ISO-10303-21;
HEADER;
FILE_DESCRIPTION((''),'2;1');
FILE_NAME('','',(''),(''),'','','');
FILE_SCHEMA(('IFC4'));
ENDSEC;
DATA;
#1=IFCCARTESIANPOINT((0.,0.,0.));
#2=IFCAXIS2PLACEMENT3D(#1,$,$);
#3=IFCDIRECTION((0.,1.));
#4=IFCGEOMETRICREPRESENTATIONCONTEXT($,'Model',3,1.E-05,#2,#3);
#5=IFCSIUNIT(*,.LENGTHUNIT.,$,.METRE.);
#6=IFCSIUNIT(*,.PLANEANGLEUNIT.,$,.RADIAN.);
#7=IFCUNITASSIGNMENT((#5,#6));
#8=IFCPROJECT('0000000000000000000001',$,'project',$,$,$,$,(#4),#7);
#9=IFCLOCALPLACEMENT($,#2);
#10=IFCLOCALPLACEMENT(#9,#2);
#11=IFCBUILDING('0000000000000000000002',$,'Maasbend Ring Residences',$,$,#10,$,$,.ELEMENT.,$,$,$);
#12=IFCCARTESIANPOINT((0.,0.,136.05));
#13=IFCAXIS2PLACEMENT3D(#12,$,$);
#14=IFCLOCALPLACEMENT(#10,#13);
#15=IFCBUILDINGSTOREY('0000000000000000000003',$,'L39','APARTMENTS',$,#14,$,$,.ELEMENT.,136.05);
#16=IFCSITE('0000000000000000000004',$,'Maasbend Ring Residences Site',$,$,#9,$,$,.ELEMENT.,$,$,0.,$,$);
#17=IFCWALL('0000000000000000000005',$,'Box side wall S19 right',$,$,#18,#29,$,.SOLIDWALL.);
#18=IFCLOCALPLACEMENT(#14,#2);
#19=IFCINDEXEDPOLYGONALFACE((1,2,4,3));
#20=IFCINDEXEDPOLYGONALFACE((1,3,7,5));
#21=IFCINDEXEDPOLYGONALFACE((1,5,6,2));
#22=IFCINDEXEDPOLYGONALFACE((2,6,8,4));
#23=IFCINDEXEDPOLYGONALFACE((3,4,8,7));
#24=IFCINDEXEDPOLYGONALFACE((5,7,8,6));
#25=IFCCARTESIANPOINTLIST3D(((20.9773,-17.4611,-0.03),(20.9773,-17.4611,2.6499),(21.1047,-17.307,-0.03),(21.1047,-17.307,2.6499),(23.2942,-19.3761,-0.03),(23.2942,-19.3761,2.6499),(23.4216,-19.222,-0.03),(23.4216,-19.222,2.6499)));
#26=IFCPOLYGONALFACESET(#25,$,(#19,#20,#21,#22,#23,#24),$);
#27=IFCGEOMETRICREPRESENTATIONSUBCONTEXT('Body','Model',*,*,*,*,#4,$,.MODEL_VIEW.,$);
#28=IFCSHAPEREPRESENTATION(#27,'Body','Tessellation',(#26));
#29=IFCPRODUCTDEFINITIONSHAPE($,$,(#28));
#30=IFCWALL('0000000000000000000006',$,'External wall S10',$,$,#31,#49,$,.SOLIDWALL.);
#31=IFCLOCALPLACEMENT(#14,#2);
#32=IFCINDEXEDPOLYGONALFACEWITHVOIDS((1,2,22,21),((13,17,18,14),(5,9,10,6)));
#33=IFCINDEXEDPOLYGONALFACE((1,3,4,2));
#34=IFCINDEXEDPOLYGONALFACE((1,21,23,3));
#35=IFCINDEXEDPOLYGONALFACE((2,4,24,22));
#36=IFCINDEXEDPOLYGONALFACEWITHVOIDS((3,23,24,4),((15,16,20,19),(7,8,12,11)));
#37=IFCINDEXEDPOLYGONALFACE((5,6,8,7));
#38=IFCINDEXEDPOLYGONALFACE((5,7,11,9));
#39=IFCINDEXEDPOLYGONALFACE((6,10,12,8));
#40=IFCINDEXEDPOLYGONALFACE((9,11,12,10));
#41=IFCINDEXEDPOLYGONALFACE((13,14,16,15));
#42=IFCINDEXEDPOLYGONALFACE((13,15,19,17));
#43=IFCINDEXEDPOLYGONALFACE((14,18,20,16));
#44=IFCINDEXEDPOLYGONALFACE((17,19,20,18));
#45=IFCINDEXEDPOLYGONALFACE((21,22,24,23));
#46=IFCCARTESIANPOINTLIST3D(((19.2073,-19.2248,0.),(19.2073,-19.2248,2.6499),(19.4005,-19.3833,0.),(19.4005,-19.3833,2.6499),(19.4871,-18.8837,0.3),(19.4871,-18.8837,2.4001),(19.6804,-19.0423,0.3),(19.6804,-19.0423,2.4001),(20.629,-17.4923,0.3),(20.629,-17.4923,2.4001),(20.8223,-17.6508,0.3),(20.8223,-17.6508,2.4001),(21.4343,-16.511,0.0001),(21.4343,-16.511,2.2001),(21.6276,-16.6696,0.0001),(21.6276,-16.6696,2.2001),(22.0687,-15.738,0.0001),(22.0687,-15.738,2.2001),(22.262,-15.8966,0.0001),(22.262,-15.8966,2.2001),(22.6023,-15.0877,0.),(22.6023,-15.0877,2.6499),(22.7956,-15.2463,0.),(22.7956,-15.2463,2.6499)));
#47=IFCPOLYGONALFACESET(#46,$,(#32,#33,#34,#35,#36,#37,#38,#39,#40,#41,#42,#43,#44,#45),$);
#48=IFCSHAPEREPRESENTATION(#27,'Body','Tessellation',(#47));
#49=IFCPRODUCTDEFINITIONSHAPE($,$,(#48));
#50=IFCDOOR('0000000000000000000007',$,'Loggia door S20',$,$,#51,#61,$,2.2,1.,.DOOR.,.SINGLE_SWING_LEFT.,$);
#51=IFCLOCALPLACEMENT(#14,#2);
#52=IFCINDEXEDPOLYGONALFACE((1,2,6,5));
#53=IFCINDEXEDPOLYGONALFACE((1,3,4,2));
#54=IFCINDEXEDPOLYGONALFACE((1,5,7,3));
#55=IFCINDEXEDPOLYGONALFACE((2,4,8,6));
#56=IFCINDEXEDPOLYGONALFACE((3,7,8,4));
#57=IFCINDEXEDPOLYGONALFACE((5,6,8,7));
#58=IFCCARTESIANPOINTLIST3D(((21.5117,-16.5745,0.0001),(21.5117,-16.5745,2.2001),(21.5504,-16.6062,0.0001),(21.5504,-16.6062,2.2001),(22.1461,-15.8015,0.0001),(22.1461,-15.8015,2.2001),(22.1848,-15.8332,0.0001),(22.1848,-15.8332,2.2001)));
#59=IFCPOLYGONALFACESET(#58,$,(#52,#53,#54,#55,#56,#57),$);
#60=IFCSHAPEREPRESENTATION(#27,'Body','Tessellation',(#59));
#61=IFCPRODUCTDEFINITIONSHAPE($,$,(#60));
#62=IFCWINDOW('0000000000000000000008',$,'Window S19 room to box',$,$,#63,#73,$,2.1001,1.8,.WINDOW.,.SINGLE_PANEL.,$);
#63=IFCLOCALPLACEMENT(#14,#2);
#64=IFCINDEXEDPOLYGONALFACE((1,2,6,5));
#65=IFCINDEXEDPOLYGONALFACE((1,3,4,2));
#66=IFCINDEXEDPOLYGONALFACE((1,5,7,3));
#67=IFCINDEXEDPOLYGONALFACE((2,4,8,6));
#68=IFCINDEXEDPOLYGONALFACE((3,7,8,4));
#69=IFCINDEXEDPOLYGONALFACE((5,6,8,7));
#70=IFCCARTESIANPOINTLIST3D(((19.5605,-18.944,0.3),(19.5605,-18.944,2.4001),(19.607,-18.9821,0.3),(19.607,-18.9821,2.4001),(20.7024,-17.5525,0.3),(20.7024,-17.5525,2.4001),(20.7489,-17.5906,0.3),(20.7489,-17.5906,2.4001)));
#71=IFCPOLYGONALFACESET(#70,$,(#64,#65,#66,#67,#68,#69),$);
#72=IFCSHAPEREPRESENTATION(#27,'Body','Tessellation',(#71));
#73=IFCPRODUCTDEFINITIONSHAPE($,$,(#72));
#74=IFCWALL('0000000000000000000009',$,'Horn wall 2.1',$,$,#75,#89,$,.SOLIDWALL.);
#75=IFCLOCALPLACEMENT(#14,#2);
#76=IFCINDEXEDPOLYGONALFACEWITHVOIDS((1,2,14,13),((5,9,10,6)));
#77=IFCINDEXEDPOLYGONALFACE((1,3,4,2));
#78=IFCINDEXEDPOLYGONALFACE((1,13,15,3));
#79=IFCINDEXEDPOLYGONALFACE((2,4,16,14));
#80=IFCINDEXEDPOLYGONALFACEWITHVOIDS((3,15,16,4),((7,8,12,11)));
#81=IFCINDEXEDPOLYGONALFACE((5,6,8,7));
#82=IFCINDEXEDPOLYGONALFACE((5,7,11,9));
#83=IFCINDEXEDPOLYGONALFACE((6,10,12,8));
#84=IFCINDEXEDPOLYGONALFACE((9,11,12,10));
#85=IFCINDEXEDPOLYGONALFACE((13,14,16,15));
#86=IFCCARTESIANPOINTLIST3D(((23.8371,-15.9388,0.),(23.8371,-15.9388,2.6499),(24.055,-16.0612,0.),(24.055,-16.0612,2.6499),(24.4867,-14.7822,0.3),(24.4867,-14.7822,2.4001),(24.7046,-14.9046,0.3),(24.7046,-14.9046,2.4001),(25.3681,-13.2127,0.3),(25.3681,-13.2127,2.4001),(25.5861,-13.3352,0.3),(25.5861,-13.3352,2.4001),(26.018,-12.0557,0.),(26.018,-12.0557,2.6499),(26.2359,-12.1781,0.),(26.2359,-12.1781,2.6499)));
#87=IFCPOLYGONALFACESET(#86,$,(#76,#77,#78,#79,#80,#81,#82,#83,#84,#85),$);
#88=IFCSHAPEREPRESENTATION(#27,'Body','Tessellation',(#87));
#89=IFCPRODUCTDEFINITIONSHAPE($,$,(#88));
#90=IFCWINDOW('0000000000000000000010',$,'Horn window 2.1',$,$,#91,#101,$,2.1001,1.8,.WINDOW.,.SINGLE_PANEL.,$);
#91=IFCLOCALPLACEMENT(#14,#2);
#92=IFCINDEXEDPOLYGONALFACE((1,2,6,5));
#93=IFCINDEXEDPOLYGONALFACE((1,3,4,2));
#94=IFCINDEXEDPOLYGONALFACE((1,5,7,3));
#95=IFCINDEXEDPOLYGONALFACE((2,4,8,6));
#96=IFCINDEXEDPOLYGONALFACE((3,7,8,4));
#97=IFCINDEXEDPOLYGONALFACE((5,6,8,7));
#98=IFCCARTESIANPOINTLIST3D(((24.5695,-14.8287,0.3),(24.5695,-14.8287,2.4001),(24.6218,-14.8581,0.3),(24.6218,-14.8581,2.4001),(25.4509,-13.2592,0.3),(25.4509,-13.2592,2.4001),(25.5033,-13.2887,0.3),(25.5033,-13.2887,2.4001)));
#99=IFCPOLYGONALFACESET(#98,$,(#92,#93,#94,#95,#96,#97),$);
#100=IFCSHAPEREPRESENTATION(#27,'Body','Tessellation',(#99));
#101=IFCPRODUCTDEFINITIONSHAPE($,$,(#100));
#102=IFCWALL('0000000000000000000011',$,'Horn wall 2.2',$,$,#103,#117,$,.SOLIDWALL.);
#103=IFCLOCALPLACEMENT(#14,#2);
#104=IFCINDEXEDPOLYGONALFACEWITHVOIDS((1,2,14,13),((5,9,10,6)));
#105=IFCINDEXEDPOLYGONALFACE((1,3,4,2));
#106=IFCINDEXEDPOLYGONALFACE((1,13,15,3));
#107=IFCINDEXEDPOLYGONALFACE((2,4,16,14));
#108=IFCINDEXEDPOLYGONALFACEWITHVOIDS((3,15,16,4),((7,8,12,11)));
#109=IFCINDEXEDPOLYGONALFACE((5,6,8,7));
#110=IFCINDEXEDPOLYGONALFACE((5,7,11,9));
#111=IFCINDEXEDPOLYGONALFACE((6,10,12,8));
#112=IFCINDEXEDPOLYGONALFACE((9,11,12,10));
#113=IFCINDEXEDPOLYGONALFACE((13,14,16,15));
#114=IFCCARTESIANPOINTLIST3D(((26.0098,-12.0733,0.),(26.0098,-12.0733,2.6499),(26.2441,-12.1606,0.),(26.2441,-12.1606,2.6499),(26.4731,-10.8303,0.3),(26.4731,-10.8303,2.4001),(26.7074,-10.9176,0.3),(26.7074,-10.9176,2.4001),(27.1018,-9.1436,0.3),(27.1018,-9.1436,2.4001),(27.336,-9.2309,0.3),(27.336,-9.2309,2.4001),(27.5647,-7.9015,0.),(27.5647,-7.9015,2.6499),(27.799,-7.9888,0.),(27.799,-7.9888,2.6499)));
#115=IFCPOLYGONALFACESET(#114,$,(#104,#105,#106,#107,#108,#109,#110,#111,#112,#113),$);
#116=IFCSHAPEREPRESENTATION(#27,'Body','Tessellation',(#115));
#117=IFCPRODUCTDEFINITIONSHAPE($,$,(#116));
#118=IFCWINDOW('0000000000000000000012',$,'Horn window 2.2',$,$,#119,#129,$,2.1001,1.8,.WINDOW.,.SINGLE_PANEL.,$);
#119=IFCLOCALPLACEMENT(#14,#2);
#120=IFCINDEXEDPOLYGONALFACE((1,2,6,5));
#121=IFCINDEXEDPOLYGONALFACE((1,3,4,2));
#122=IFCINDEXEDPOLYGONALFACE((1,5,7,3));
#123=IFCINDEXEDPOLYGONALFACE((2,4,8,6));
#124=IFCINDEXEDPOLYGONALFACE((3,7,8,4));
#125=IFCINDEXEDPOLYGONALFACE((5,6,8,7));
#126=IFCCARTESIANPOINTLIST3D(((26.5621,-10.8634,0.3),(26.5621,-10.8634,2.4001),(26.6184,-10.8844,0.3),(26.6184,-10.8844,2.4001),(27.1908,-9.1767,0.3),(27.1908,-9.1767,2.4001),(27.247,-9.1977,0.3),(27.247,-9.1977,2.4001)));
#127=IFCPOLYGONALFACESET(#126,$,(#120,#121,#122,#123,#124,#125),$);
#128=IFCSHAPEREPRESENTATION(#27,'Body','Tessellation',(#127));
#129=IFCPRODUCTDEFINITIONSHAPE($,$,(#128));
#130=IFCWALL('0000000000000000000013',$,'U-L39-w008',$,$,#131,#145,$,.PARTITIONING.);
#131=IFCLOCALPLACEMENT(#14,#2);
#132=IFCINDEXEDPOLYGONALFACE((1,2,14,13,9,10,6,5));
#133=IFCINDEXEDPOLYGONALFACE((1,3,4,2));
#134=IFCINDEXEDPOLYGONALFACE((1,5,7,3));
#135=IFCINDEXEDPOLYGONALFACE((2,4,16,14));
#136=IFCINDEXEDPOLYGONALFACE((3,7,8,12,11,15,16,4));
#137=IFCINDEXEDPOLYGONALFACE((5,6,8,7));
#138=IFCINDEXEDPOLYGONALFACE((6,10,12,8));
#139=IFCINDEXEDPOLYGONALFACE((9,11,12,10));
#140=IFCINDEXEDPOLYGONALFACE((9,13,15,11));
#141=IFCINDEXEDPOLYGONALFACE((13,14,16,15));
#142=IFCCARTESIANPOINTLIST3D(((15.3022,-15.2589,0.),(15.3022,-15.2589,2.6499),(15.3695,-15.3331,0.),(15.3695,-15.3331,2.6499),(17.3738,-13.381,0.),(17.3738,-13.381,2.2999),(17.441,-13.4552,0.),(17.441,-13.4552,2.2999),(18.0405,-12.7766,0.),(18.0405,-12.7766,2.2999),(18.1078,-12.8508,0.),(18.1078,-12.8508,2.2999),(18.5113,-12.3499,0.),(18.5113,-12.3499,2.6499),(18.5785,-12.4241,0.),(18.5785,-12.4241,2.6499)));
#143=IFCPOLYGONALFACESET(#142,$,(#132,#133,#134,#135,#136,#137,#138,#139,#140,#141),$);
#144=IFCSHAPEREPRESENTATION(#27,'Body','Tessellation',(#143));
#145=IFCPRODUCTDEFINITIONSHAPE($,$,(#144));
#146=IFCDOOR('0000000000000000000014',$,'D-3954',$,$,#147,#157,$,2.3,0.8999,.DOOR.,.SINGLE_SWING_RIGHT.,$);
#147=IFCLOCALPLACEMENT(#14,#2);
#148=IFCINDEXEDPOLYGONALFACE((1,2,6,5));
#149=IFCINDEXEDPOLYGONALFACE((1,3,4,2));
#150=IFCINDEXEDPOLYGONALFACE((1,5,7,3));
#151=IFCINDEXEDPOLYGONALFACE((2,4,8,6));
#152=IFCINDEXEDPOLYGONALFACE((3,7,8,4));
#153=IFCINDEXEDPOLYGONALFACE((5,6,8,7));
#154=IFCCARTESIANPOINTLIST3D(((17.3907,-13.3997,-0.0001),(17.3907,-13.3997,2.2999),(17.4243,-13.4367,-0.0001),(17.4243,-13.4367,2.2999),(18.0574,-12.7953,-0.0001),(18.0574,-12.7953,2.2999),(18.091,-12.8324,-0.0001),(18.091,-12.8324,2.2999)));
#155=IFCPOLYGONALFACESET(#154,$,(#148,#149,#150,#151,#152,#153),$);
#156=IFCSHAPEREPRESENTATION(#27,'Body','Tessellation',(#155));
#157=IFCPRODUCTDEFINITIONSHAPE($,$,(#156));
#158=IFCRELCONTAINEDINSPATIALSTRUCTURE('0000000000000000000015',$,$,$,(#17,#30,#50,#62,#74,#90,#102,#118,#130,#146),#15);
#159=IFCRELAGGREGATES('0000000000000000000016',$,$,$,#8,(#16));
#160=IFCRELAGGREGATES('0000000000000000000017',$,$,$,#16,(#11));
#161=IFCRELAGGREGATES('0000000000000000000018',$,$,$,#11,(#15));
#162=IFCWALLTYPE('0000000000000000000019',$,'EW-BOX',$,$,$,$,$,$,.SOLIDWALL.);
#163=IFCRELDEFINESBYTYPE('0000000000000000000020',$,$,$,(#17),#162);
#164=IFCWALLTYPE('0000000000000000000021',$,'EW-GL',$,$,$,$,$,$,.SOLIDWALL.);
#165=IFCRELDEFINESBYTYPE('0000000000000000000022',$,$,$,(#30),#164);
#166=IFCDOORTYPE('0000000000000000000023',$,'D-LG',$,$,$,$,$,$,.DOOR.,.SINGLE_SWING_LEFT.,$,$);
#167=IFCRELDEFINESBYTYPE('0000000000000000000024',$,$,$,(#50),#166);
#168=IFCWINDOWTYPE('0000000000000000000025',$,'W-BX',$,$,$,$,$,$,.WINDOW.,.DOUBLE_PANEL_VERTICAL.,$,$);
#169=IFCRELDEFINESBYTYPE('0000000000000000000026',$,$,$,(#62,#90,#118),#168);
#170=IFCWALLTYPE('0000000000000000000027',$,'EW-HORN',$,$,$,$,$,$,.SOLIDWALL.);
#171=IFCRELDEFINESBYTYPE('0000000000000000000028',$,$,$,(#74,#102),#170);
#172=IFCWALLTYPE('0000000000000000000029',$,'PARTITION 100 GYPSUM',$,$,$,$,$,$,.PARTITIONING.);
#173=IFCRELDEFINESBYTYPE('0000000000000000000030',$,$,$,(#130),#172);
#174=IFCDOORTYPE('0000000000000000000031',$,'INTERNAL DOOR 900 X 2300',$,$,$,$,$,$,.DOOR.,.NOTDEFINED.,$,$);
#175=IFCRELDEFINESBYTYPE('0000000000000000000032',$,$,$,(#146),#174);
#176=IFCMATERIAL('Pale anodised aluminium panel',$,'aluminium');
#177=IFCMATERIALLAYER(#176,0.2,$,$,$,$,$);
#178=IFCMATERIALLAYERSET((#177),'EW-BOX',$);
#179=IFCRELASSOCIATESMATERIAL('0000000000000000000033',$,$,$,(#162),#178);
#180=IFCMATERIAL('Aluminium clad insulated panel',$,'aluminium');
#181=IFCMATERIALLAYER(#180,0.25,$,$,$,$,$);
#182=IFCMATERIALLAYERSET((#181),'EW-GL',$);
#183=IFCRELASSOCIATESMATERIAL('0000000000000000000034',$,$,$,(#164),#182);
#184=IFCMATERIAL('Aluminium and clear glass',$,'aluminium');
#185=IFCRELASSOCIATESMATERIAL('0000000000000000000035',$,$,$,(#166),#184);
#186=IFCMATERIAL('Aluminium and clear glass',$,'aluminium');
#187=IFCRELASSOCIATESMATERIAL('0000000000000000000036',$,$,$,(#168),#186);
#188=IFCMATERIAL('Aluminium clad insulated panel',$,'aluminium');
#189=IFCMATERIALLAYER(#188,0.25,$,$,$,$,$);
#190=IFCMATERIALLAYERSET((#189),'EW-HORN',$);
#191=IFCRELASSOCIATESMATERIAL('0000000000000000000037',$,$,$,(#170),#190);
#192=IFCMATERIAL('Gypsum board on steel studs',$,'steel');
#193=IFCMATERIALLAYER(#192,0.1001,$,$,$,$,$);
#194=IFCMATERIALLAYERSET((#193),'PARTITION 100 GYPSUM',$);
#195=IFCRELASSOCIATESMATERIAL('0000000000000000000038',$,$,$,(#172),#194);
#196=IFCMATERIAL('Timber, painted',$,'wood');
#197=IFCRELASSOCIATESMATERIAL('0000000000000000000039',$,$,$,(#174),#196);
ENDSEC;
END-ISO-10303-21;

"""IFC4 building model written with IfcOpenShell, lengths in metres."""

from ifc_helpers import new_model, si_unit, direction, frame, frame_2d, origin, place, context, subcontext, project, spatial, rectangle, extrude, material, layer, layer_set, type_object, element, fill, save


model = new_model("IFC4")

# Units and contexts
model_context = context("Model", 3, precision=1e-05, world=origin(), true_north=direction((0.0, 1.0)))
body_context = subcontext(model_context, "Body", "Model", "MODEL_VIEW")
ifc_project = project(units=[si_unit("LENGTHUNIT", "METRE"), si_unit("PLANEANGLEUNIT", "RADIAN")], contexts=[model_context])

# Site, building, storey
site_placement = place(None, origin())
site = spatial("IfcSite", under=ifc_project, at=site_placement, Name="Maasbend Ring Residences Site", CompositionType="ELEMENT", RefElevation=0.0)
building_placement = place(site_placement, origin())
building = spatial("IfcBuilding", under=site, at=building_placement, Name="Maasbend Ring Residences", CompositionType="ELEMENT")
storey_placement = place(building_placement, frame((0.0, 0.0, 136.05)))
storey = spatial("IfcBuildingStorey", under=building, at=storey_placement, Name="L39", Description="APARTMENTS", CompositionType="ELEMENT", Elevation=136.05)

# Wall
ifc_material_1 = material(Name="Pale anodised aluminium panel", Category="aluminium")
ifc_layer_1 = layer(ifc_material_1, 0.2)
ifc_layer_set_1 = layer_set([ifc_layer_1], Name="EW-BOX")
wall_type_1 = type_object("IfcWallType", Name="EW-BOX", PredefinedType="SOLIDWALL", material=ifc_layer_set_1)
wall_1_placement = place(storey_placement, frame((21.041, -17.384, -0.03), z_axis=(0.0, 0.0, 1.0), x_axis=(0.770785, -0.637096, 0.0)))
element("IfcWall", 1, at=wall_1_placement, inside=storey, type_object=wall_type_1, Name="Box side wall S19 right", PredefinedType="SOLIDWALL", context=body_context, shape_type="SweptSolid", body=[
    extrude(rectangle(XDim=3.0059, YDim=0.2, at=frame_2d((1.5029, 0.0))), origin(), (0.0, 0.0, 1.0), 2.6799),
])

# Wall, openings, door, window
ifc_material_2 = material(Name="Aluminium clad insulated panel", Category="aluminium")
ifc_layer_2 = layer(ifc_material_2, 0.25)
ifc_layer_set_2 = layer_set([ifc_layer_2], Name="EW-GL")
wall_type_2 = type_object("IfcWallType", Name="EW-GL", PredefinedType="SOLIDWALL", material=ifc_layer_set_2)
wall_2_placement = place(storey_placement, frame((19.304, -19.304, 0.0), z_axis=(0.0, 0.0, 1.0), x_axis=(0.634382, 0.773019, 0.0)))
wall_2 = element("IfcWall", 2, at=wall_2_placement, inside=storey, type_object=wall_type_2, Name="External wall S10", PredefinedType="SOLIDWALL", context=body_context, shape_type="SweptSolid", body=[
    extrude(rectangle(XDim=5.3518, YDim=0.25, at=frame_2d((2.6758, 0.0))), origin(), (0.0, 0.0, 1.0), 2.6499),
])
opening_1_placement = place(wall_2_placement, frame((0.4412, 0.0, 0.3)))
opening_1 = element("IfcOpeningElement", 3, at=opening_1_placement, cuts=wall_2, PredefinedType="OPENING", context=body_context, shape_type="SweptSolid", body=[
    extrude(rectangle(XDim=1.8, YDim=2.1001, at=frame_2d((0.8999, 1.05))), frame((0.0, 0.135, 0.0), z_axis=(0.0, -1.0, 0.0), x_axis=(1.0, 0.0, 0.0)), (0.0, 0.0, 1.0), 0.27),
])
opening_2_placement = place(wall_2_placement, frame((3.5105, 0.0, 0.0)))
opening_2 = element("IfcOpeningElement", 4, at=opening_2_placement, cuts=wall_2, PredefinedType="OPENING", context=body_context, shape_type="SweptSolid", body=[
    extrude(rectangle(XDim=1.0, YDim=2.2, at=frame_2d((0.5, 1.1001))), frame((0.0, 0.135, 0.0), z_axis=(0.0, -1.0, 0.0), x_axis=(1.0, 0.0, 0.0)), (0.0, 0.0, 1.0), 0.27),
])
ifc_material_3 = material(Name="Aluminium and clear glass", Category="aluminium")
door_type_1 = type_object("IfcDoorType", Name="D-LG", OperationType="SINGLE_SWING_LEFT", PredefinedType="DOOR", material=ifc_material_3)
door_1_placement = place(opening_2_placement, origin())
door_1 = element("IfcDoor", 5, at=door_1_placement, inside=storey, type_object=door_type_1, Name="Loggia door S20", OperationType="SINGLE_SWING_LEFT", OverallHeight=2.2, OverallWidth=1.0, PredefinedType="DOOR", context=body_context, shape_type="SweptSolid", body=[
    extrude(rectangle(XDim=1.0, YDim=2.2, at=frame_2d((0.5, 1.1001))), frame((0.0, 0.0249, 0.0), z_axis=(0.0, -1.0, 0.0), x_axis=(1.0, 0.0, 0.0)), (0.0, 0.0, 1.0), 0.05),
])
fill(opening_2, door_1)
ifc_material_4 = material(Name="Aluminium and clear glass", Category="aluminium")
window_type = type_object("IfcWindowType", Name="W-BX", PartitioningType="DOUBLE_PANEL_VERTICAL", PredefinedType="WINDOW", material=ifc_material_4)
window_1_placement = place(opening_1_placement, origin())
window_1 = element("IfcWindow", 6, at=window_1_placement, inside=storey, type_object=window_type, Name="Window S19 room to box", OverallHeight=2.1001, OverallWidth=1.8, PartitioningType="SINGLE_PANEL", PredefinedType="WINDOW", context=body_context, shape_type="SweptSolid", body=[
    extrude(rectangle(XDim=1.8, YDim=2.1001, at=frame_2d((0.8999, 1.05))), frame((0.0, 0.03, 0.0), z_axis=(0.0, -1.0, 0.0), x_axis=(1.0, 0.0, 0.0)), (0.0, 0.0, 1.0), 0.0601),
])
fill(opening_1, window_1)

# Walls, openings, windows
ifc_material_5 = material(Name="Aluminium clad insulated panel", Category="aluminium")
ifc_layer_3 = layer(ifc_material_5, 0.25)
ifc_layer_set_3 = layer_set([ifc_layer_3], Name="EW-HORN")
wall_type_3 = type_object("IfcWallType", Name="EW-HORN", PredefinedType="SOLIDWALL", material=ifc_layer_set_3)
wall_3_placement = place(storey_placement, frame((23.946, -16.0, 0.0), z_axis=(0.0, 0.0, 1.0), x_axis=(0.489696, 0.871893, 0.0)))
wall_3 = element("IfcWall", 7, at=wall_3_placement, inside=storey, type_object=wall_type_3, Name="Horn wall 2.1", PredefinedType="SOLIDWALL", context=body_context, shape_type="SweptSolid", body=[
    extrude(rectangle(XDim=4.4536, YDim=0.25, at=frame_2d((2.2268, 0.0))), origin(), (0.0, 0.0, 1.0), 2.6499),
])
opening_3_placement = place(wall_3_placement, frame((1.3267, 0.0, 0.3)))
opening_3 = element("IfcOpeningElement", 8, at=opening_3_placement, cuts=wall_3, PredefinedType="OPENING", context=body_context, shape_type="SweptSolid", body=[
    extrude(rectangle(XDim=1.8, YDim=2.1001, at=frame_2d((0.8999, 1.05))), frame((0.0, 0.135, 0.0), z_axis=(0.0, -1.0, 0.0), x_axis=(1.0, 0.0, 0.0)), (0.0, 0.0, 1.0), 0.27),
])
window_2_placement = place(opening_3_placement, origin())
window_2 = element("IfcWindow", 9, at=window_2_placement, inside=storey, type_object=window_type, Name="Horn window 2.1", OverallHeight=2.1001, OverallWidth=1.8, PartitioningType="SINGLE_PANEL", PredefinedType="WINDOW", context=body_context, shape_type="SweptSolid", body=[
    extrude(rectangle(XDim=1.8, YDim=2.1001, at=frame_2d((0.8999, 1.05))), frame((0.0, 0.03, 0.0), z_axis=(0.0, -1.0, 0.0), x_axis=(1.0, 0.0, 0.0)), (0.0, 0.0, 1.0), 0.0601),
])
fill(opening_3, window_2)
wall_4_placement = place(storey_placement, frame((26.127, -12.1169, 0.0), z_axis=(0.0, 0.0, 1.0), x_axis=(0.349248, 0.93703, 0.0)))
wall_4 = element("IfcWall", 10, at=wall_4_placement, inside=storey, type_object=wall_type_3, Name="Horn wall 2.2", PredefinedType="SOLIDWALL", context=body_context, shape_type="SweptSolid", body=[
    extrude(rectangle(XDim=4.4521, YDim=0.25, at=frame_2d((2.2261, 0.0))), origin(), (0.0, 0.0, 1.0), 2.6499),
])
opening_4_placement = place(wall_4_placement, frame((1.3267, 0.0, 0.3)))
opening_4 = element("IfcOpeningElement", 11, at=opening_4_placement, cuts=wall_4, PredefinedType="OPENING", context=body_context, shape_type="SweptSolid", body=[
    extrude(rectangle(XDim=1.8, YDim=2.1001, at=frame_2d((0.8999, 1.05))), frame((0.0, 0.135, 0.0), z_axis=(0.0, -1.0, 0.0), x_axis=(1.0, 0.0, 0.0)), (0.0, 0.0, 1.0), 0.27),
])
window_3_placement = place(opening_4_placement, origin())
window_3 = element("IfcWindow", 12, at=window_3_placement, inside=storey, type_object=window_type, Name="Horn window 2.2", OverallHeight=2.1001, OverallWidth=1.8, PartitioningType="SINGLE_PANEL", PredefinedType="WINDOW", context=body_context, shape_type="SweptSolid", body=[
    extrude(rectangle(XDim=1.8, YDim=2.1001, at=frame_2d((0.8999, 1.05))), frame((0.0, 0.03, 0.0), z_axis=(0.0, -1.0, 0.0), x_axis=(1.0, 0.0, 0.0)), (0.0, 0.0, 1.0), 0.0601),
])
fill(opening_4, window_3)

# Wall, opening, door
ifc_material_6 = material(Name="Gypsum board on steel studs", Category="steel")
ifc_layer_4 = layer(ifc_material_6, 0.1001)
ifc_layer_set_4 = layer_set([ifc_layer_4], Name="PARTITION 100 GYPSUM")
wall_type_4 = type_object("IfcWallType", Name="PARTITION 100 GYPSUM", PredefinedType="PARTITIONING", material=ifc_layer_set_4)
wall_5_placement = place(storey_placement, frame((15.3359, -15.2959, 0.0), z_axis=(0.0, 0.0, 1.0), x_axis=(0.740896, 0.67162, 0.0)))
wall_5 = element("IfcWall", 13, at=wall_5_placement, inside=storey, type_object=wall_type_4, Name="U-L39-w008", PredefinedType="PARTITIONING", context=body_context, shape_type="SweptSolid", body=[
    extrude(rectangle(XDim=4.3313, YDim=0.1001, at=frame_2d((2.1655, 0.0))), origin(), (0.0, 0.0, 1.0), 2.6499),
])
opening_5_placement = place(wall_5_placement, frame((2.7959, 0.0, 0.0)))
opening_5 = element("IfcOpeningElement", 14, at=opening_5_placement, cuts=wall_5, PredefinedType="OPENING", context=body_context, shape_type="SweptSolid", body=[
    extrude(rectangle(XDim=0.8999, YDim=2.3, at=frame_2d((0.45, 1.1499))), frame((0.0, 0.0601, 0.0), z_axis=(0.0, -1.0, 0.0), x_axis=(1.0, 0.0, 0.0)), (0.0, 0.0, 1.0), 0.1201),
])
ifc_material_7 = material(Name="Timber, painted", Category="wood")
door_type_2 = type_object("IfcDoorType", Name="INTERNAL DOOR 900 X 2300", OperationType="NOTDEFINED", PredefinedType="DOOR", material=ifc_material_7)
door_2_placement = place(opening_5_placement, origin())
door_2 = element("IfcDoor", 15, at=door_2_placement, inside=storey, type_object=door_type_2, Name="D-3954", OperationType="SINGLE_SWING_RIGHT", OverallHeight=2.3, OverallWidth=0.8999, PredefinedType="DOOR", context=body_context, shape_type="SweptSolid", body=[
    extrude(rectangle(XDim=0.8999, YDim=2.3, at=frame_2d((0.45, 1.1499))), frame((0.0, 0.0249, 0.0), z_axis=(0.0, -1.0, 0.0), x_axis=(1.0, 0.0, 0.0)), (0.0, 0.0, 1.0), 0.05),
])
fill(opening_5, door_2)

save(model, "model.ifc")
